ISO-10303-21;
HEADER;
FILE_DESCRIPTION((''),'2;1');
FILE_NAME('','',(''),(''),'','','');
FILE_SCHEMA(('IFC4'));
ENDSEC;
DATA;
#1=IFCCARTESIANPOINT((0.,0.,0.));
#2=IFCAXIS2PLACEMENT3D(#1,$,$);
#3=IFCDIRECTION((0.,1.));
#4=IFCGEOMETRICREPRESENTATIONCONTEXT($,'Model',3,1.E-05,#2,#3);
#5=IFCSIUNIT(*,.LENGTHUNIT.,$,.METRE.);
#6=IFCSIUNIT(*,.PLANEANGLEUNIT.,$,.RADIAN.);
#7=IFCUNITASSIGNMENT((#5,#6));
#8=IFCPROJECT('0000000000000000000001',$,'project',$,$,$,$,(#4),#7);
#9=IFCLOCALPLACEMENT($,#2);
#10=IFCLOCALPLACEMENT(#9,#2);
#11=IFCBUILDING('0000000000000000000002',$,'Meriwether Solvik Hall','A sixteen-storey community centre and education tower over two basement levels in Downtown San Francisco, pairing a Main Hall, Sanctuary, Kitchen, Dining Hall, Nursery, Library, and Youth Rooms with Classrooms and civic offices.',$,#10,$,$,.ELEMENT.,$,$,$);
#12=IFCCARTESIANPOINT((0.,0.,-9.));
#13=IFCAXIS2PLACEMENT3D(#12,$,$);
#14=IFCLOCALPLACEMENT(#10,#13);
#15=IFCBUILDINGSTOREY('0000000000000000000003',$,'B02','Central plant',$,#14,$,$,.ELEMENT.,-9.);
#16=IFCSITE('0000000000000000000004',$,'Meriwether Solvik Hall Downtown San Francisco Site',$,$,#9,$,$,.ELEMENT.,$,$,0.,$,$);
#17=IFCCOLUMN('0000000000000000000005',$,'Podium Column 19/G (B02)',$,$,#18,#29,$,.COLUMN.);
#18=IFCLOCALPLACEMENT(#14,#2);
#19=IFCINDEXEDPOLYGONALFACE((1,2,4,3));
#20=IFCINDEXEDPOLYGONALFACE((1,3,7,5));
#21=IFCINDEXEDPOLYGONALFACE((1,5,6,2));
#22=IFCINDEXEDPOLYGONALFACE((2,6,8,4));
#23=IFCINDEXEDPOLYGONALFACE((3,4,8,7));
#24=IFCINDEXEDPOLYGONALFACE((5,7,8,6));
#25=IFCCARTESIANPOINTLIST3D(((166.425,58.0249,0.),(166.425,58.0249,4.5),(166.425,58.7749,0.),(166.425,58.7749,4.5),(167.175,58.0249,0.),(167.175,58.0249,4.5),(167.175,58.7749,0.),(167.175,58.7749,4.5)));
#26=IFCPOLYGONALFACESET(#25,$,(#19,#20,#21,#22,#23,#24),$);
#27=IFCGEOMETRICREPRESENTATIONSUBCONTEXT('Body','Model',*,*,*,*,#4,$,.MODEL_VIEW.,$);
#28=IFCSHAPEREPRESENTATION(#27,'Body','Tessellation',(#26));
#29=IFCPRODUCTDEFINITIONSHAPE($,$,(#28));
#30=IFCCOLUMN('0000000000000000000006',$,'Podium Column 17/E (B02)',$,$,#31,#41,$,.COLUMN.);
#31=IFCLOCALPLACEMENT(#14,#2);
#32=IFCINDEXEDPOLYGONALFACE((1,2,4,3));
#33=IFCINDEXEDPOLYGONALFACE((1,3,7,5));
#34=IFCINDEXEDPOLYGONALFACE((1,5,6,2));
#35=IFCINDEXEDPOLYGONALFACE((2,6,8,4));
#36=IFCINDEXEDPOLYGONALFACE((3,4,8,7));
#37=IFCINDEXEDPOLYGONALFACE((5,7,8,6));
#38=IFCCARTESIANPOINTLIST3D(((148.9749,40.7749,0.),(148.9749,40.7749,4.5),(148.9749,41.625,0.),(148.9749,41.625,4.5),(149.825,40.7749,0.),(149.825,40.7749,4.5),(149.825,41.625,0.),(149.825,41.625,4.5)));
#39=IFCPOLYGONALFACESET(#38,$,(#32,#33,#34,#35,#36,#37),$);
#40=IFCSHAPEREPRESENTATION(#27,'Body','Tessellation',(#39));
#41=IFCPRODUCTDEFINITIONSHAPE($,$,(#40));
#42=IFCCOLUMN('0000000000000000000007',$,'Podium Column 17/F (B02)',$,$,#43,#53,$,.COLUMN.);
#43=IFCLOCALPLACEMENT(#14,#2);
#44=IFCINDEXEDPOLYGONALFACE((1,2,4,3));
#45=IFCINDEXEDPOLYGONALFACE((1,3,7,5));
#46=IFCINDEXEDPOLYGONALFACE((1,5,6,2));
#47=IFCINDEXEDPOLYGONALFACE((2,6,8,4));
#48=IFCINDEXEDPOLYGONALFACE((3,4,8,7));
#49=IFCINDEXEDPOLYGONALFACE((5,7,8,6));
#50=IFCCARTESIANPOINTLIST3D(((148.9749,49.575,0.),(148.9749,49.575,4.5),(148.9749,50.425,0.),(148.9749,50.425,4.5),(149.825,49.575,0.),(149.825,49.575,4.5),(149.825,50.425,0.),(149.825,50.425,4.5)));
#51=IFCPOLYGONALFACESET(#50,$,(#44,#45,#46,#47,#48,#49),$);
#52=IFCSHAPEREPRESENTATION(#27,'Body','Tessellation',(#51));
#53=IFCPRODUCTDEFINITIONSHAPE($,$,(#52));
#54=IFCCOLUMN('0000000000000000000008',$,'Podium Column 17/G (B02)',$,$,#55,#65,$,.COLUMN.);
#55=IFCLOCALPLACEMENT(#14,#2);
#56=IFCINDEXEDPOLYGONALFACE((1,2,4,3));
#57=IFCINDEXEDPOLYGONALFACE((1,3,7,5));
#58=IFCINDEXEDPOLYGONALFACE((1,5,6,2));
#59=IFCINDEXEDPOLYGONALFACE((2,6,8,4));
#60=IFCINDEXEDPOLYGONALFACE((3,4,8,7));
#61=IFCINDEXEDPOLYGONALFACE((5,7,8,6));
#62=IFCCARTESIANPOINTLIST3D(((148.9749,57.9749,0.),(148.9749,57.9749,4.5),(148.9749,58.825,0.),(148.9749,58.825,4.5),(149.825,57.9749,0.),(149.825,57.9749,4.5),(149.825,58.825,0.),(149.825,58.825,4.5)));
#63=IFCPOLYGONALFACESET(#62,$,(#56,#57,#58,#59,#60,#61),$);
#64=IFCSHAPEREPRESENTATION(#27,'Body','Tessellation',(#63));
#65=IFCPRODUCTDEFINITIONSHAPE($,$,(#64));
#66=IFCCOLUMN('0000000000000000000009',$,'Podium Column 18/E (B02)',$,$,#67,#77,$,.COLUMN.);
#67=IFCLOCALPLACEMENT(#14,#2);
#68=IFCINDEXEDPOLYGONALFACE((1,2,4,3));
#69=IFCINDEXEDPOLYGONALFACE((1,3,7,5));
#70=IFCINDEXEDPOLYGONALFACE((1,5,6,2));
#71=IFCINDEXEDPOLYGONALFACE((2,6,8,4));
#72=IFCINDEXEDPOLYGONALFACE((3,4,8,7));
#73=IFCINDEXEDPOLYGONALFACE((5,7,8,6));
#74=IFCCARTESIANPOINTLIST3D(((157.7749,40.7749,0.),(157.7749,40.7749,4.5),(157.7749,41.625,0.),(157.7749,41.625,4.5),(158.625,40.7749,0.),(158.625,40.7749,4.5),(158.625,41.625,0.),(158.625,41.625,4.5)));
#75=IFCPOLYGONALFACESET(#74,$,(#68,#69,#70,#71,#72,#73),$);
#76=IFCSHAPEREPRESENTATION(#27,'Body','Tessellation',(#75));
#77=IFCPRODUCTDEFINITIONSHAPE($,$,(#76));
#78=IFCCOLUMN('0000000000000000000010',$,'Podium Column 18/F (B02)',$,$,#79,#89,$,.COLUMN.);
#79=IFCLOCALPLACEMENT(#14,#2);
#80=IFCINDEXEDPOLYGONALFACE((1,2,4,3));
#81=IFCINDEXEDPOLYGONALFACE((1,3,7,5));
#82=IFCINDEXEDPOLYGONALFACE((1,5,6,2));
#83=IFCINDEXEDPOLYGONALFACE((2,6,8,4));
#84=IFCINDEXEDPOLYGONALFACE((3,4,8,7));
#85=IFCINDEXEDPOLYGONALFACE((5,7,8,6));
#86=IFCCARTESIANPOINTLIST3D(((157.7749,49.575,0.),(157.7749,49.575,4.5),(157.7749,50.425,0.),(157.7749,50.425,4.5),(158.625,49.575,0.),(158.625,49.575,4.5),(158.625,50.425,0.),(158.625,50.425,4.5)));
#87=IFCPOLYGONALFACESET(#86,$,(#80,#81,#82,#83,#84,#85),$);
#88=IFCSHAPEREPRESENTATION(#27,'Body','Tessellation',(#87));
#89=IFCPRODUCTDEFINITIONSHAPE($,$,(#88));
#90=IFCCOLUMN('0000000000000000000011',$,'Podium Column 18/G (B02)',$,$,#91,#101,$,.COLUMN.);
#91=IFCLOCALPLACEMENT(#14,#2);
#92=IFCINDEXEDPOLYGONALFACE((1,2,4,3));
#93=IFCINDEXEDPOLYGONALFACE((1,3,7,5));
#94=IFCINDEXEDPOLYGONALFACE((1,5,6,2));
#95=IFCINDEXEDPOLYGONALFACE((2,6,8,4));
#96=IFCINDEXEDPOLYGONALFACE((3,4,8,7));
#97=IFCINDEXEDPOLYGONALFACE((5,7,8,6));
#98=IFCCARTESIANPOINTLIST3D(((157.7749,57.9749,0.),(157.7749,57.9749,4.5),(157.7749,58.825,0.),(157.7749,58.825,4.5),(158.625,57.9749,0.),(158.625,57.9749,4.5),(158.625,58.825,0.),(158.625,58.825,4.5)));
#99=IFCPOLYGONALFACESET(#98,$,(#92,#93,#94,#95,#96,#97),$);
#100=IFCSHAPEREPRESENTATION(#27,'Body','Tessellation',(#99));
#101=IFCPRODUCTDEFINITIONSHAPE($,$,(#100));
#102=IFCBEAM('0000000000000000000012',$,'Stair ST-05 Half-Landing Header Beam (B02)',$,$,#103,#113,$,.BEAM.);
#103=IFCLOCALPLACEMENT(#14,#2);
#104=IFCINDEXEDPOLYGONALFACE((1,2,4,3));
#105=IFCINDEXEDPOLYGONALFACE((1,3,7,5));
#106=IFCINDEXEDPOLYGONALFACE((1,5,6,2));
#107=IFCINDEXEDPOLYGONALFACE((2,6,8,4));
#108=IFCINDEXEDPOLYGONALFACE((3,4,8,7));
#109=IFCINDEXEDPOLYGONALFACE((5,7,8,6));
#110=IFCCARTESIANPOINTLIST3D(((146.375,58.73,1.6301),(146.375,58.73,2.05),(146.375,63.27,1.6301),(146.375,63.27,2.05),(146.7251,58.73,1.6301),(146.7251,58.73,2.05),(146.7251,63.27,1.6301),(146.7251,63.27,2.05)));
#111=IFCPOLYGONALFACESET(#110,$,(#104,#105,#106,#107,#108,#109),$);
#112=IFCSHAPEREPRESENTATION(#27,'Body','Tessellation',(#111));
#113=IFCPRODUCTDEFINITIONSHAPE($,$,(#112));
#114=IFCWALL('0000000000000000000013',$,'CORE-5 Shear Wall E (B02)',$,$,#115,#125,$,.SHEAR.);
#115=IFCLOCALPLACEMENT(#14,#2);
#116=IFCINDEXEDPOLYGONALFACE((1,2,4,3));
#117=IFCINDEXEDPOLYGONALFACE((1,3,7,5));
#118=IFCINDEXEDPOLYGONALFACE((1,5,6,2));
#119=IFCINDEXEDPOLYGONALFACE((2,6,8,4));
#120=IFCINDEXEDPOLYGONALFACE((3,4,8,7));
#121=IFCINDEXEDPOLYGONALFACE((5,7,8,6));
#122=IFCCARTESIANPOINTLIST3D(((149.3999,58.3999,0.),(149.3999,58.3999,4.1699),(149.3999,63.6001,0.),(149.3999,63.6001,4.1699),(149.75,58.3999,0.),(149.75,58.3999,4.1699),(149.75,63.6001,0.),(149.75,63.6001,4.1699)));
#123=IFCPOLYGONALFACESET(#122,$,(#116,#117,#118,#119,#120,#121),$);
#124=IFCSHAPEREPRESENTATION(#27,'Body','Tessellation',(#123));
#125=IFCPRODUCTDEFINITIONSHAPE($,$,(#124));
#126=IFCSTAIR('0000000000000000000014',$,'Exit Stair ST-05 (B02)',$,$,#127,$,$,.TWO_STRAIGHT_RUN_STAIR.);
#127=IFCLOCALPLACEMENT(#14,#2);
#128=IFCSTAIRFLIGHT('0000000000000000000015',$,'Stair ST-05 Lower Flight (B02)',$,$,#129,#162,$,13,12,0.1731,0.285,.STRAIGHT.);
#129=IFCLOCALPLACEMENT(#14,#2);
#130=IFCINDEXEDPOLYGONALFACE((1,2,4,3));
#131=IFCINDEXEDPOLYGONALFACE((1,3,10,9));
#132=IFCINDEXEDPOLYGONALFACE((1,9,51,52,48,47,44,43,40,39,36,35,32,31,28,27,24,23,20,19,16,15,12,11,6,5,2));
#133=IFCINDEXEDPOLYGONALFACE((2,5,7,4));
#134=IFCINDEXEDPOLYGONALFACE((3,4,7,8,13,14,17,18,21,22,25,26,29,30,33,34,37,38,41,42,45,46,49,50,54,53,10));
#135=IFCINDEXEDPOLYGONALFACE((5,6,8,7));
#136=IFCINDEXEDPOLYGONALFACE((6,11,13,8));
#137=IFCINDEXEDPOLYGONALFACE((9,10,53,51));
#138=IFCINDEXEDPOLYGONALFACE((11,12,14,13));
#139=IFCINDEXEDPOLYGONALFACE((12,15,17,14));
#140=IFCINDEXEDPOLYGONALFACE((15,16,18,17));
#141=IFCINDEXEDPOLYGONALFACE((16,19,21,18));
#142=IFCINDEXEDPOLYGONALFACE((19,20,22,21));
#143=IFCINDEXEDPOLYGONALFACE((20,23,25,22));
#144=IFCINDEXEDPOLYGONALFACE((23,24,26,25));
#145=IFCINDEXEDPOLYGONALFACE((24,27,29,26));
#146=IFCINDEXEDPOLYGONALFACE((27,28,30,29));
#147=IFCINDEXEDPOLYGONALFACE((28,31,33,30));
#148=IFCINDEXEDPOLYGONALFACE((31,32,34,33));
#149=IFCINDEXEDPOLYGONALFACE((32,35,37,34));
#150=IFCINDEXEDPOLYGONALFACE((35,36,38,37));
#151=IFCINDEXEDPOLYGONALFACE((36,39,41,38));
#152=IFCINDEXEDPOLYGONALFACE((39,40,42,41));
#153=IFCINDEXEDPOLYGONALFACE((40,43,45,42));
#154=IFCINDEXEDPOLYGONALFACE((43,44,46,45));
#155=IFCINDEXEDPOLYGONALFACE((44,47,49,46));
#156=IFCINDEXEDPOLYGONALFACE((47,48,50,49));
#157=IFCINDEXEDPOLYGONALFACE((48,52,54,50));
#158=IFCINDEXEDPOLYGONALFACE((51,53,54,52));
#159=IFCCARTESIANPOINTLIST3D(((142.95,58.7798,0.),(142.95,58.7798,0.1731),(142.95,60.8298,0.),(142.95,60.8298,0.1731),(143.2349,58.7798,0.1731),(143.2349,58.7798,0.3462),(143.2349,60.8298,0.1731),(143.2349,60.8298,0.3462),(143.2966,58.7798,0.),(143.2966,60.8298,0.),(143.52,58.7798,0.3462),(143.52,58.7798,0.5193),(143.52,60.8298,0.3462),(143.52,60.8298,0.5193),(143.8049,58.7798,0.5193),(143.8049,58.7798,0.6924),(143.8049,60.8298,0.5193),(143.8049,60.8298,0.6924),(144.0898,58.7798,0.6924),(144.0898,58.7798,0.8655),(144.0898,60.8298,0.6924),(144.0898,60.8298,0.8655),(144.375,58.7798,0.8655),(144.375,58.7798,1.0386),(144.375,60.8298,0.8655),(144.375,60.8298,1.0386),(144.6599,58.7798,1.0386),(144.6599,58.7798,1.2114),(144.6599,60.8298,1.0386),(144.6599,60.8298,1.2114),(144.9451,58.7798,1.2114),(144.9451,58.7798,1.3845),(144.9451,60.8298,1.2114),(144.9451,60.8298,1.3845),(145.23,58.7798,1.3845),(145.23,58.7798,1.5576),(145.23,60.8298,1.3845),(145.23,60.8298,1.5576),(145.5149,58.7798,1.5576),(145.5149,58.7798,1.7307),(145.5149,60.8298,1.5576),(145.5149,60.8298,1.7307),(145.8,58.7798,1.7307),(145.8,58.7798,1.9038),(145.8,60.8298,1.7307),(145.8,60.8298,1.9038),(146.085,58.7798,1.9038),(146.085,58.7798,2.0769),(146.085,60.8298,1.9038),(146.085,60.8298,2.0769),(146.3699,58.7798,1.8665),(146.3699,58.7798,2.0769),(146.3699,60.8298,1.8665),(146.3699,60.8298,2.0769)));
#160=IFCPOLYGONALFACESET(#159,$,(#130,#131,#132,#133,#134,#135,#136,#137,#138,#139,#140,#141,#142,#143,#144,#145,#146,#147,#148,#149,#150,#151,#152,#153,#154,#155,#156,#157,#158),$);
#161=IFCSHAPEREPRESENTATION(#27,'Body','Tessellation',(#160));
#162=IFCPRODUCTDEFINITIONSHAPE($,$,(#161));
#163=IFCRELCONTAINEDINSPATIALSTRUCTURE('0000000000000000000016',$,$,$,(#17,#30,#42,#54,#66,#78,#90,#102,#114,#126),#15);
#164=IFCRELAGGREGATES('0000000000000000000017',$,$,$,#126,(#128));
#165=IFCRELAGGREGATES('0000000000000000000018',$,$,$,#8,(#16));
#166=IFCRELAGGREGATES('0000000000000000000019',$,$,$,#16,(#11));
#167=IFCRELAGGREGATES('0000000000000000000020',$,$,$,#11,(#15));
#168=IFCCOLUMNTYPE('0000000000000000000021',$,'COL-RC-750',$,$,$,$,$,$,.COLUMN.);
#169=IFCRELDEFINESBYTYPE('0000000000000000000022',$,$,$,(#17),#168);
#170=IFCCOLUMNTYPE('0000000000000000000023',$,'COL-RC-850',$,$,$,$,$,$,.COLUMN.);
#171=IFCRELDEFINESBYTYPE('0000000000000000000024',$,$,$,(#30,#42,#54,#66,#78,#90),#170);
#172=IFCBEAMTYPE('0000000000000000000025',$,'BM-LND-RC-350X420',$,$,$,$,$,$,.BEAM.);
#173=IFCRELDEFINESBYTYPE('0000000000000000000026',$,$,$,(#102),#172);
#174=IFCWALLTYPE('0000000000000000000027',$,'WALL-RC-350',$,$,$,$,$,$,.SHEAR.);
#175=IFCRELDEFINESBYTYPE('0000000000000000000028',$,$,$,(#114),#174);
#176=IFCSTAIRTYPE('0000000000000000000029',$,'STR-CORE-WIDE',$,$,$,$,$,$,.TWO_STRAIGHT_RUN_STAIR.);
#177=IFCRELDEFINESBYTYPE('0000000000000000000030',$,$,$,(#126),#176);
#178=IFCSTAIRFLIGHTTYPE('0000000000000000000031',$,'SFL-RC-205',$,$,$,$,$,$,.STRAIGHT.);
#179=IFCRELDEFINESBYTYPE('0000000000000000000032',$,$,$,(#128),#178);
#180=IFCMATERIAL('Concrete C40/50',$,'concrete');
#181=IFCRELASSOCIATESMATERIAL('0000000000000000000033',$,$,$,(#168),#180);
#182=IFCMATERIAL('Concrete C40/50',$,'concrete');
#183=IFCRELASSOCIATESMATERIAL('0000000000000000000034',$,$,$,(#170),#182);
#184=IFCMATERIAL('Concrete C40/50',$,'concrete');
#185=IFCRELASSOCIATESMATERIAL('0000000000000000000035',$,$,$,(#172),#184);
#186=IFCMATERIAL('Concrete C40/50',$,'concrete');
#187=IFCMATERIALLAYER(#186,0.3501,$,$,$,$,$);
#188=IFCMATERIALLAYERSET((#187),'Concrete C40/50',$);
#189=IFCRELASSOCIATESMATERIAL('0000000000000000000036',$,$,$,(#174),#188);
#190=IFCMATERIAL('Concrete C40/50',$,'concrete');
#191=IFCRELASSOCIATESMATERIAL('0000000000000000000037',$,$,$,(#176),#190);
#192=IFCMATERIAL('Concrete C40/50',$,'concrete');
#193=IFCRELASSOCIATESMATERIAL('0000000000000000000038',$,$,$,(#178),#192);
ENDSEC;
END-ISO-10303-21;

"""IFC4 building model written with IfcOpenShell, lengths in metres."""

from ifc_helpers import new_model, si_unit, direction, frame, frame_2d, origin, origin_2d, place, context, subcontext, project, spatial, polyline, rectangle, outline, extrude, material, layer, layer_set, material_profile, profile_set, type_object, element, aggregate, save


model = new_model("IFC4")

# Units and contexts
model_context = context("Model", 3, precision=1e-05, world=origin(), true_north=direction((0.0, 1.0)))
body_context = subcontext(model_context, "Body", "Model", "MODEL_VIEW")
ifc_project = project(units=[si_unit("LENGTHUNIT", "METRE"), si_unit("PLANEANGLEUNIT", "RADIAN")], contexts=[model_context])

# Site, building, storey
site_placement = place(None, origin())
site = spatial("IfcSite", under=ifc_project, at=site_placement, Name="Meriwether Solvik Hall Downtown San Francisco Site", CompositionType="ELEMENT", RefElevation=0.0)
building_placement = place(site_placement, origin())
building = spatial("IfcBuilding", under=site, at=building_placement, Name="Meriwether Solvik Hall", Description="A sixteen-storey community centre and education tower over two basement levels in Downtown San Francisco, pairing a Main Hall, Sanctuary, Kitchen, Dining Hall, Nursery, Library, and Youth Rooms with Classrooms and civic offices.", CompositionType="ELEMENT")
storey_placement = place(building_placement, frame((0.0, 0.0, -9.0)))
storey = spatial("IfcBuildingStorey", under=building, at=storey_placement, Name="B02", Description="Central plant", CompositionType="ELEMENT", Elevation=-9.0)

# Columns
ifc_material_1 = material(Name="Concrete C40/50", Category="concrete")
ifc_material_profile_1 = material_profile(ifc_material_1, rectangle(XDim=0.75, YDim=0.75, at=origin_2d()), Name="RCC-750X750")
ifc_profile_set_1 = profile_set([ifc_material_profile_1], Name="Concrete C40/50")
column_type_1 = type_object("IfcColumnType", Name="COL-RC-750", PredefinedType="COLUMN", material=ifc_profile_set_1)
for number, where, z_axis, x_axis, name in (
    (1, (166.8, 58.3999, 0.0), (0.0, 0.0, 1.0), (1.0, 0.0, 0.0), "Podium Column 19/G (B02)"),
):
    element("IfcColumn", number, at=place(storey_placement, frame(where, z_axis=z_axis, x_axis=x_axis)), inside=storey, type_object=column_type_1, Name=name, PredefinedType="COLUMN", context=body_context, shape_type="SweptSolid", body=[
        extrude(rectangle(XDim=0.75, YDim=0.75, at=origin_2d()), origin(), (0.0, 0.0, 1.0), 4.5),
    ])
ifc_material_2 = material(Name="Concrete C40/50", Category="concrete")
ifc_material_profile_2 = material_profile(ifc_material_2, rectangle(XDim=0.8501, YDim=0.8501, at=origin_2d()), Name="RCC-850X850")
ifc_profile_set_2 = profile_set([ifc_material_profile_2], Name="Concrete C40/50")
column_type_2 = type_object("IfcColumnType", Name="COL-RC-850", PredefinedType="COLUMN", material=ifc_profile_set_2)
for number, where, z_axis, x_axis, name in (
    (2, (149.3999, 41.2, 0.0), (0.0, 0.0, 1.0), (1.0, 0.0, 0.0), "Podium Column 17/E (B02)"),
    (3, (149.3999, 50.0, 0.0), (0.0, 0.0, 1.0), (1.0, 0.0, 0.0), "Podium Column 17/F (B02)"),
    (4, (149.3999, 58.3999, 0.0), (0.0, 0.0, 1.0), (1.0, 0.0, 0.0), "Podium Column 17/G (B02)"),
    (5, (158.2, 41.2, 0.0), (0.0, 0.0, 1.0), (1.0, 0.0, 0.0), "Podium Column 18/E (B02)"),
    (6, (158.2, 50.0, 0.0), (0.0, 0.0, 1.0), (1.0, 0.0, 0.0), "Podium Column 18/F (B02)"),
    (7, (158.2, 58.3999, 0.0), (0.0, 0.0, 1.0), (1.0, 0.0, 0.0), "Podium Column 18/G (B02)"),
):
    element("IfcColumn", number, at=place(storey_placement, frame(where, z_axis=z_axis, x_axis=x_axis)), inside=storey, type_object=column_type_2, Name=name, PredefinedType="COLUMN", context=body_context, shape_type="SweptSolid", body=[
        extrude(rectangle(XDim=0.8501, YDim=0.8501, at=origin_2d()), origin(), (0.0, 0.0, 1.0), 4.5),
    ])

# Beam
ifc_material_3 = material(Name="Concrete C40/50", Category="concrete")
ifc_material_profile_3 = material_profile(ifc_material_3, rectangle(XDim=0.3501, YDim=0.4199, at=origin_2d()), Name="RCB-350X420")
ifc_profile_set_3 = profile_set([ifc_material_profile_3], Name="Concrete C40/50")
beam_type = type_object("IfcBeamType", Name="BM-LND-RC-350X420", PredefinedType="BEAM", material=ifc_profile_set_3)
beam_placement = place(storey_placement, frame((146.55, 58.73, 1.8401), z_axis=(0.0, 1.0, 0.0), x_axis=(-1.0, 0.0, 0.0)))
element("IfcBeam", 8, at=beam_placement, inside=storey, type_object=beam_type, Name="Stair ST-05 Half-Landing Header Beam (B02)", PredefinedType="BEAM", context=body_context, shape_type="SweptSolid", body=[
    extrude(rectangle(XDim=0.3501, YDim=0.4199, at=origin_2d()), origin(), (0.0, 0.0, 1.0), 4.54),
])

# Wall
ifc_material_4 = material(Name="Concrete C40/50", Category="concrete")
ifc_layer_1 = layer(ifc_material_4, 0.3501)
ifc_layer_set_1 = layer_set([ifc_layer_1], Name="Concrete C40/50")
wall_type = type_object("IfcWallType", Name="WALL-RC-350", PredefinedType="SHEAR", material=ifc_layer_set_1)
wall_placement = place(storey_placement, frame((149.575, 58.3999, 0.0), z_axis=(0.0, 0.0, 1.0), x_axis=(0.0, 1.0, 0.0)))
element("IfcWall", 9, at=wall_placement, inside=storey, type_object=wall_type, Name="CORE-5 Shear Wall E (B02)", PredefinedType="SHEAR", context=body_context, shape_type="SweptSolid", body=[
    extrude(rectangle(XDim=5.2002, YDim=0.3501, at=frame_2d((2.6001, 0.0))), origin(), (0.0, 0.0, 1.0), 4.1699),
])

# Stair, stair flight
ifc_material_5 = material(Name="Concrete C40/50", Category="concrete")
stair_type = type_object("IfcStairType", Name="STR-CORE-WIDE", PredefinedType="TWO_STRAIGHT_RUN_STAIR", material=ifc_material_5)
stair_placement = place(storey_placement, origin())
stair = element("IfcStair", 10, at=stair_placement, inside=storey, type_object=stair_type, Name="Exit Stair ST-05 (B02)", PredefinedType="TWO_STRAIGHT_RUN_STAIR")
ifc_material_6 = material(Name="Concrete C40/50", Category="concrete")
stair_flight_type = type_object("IfcStairFlightType", Name="SFL-RC-205", PredefinedType="STRAIGHT", material=ifc_material_6)
stair_flight_placement = place(storey_placement, frame((142.95, 59.8049, 0.0), z_axis=(0.0, 0.0, 1.0), x_axis=(1.0, 0.0, 0.0)))
stair_flight = element("IfcStairFlight", 11, at=stair_flight_placement, type_object=stair_flight_type, Name="Stair ST-05 Lower Flight (B02)", NumberOfRisers=13, NumberOfTreads=12, PredefinedType="STRAIGHT", RiserHeight=0.1731, TreadLength=0.285, context=body_context, shape_type="SweptSolid", body=[
    extrude(outline(polyline([(0.0, 0.0), (0.0, 0.1731), (0.2849, 0.1731), (0.2849, 0.3462), (0.5701, 0.3462), (0.5701, 0.5193), (0.855, 0.5193), (0.855, 0.6924), (1.1399, 0.6924), (1.1399, 0.8655), (1.425, 0.8655), (1.425, 1.0386), (1.71, 1.0386), (1.71, 1.2114), (1.9951, 1.2114), (1.9951, 1.3845), (2.28, 1.3845), (2.28, 1.5576), (2.5649, 1.5576), (2.5649, 1.7307), (2.8501, 1.7307), (2.8501, 1.9038), (3.135, 1.9038), (3.135, 2.0769), (3.4199, 2.0769), (3.4199, 2.25), (3.4199, 1.8665), (0.3467, 0.0), (0.0, 0.0)])), frame((0.0, 1.0249, 0.0), z_axis=(0.0, -1.0, 0.0), x_axis=(1.0, 0.0, 0.0)), (0.0, 0.0, 1.0), 2.05),
])
aggregate(stair, [stair_flight])

save(model, "model.ifc")
